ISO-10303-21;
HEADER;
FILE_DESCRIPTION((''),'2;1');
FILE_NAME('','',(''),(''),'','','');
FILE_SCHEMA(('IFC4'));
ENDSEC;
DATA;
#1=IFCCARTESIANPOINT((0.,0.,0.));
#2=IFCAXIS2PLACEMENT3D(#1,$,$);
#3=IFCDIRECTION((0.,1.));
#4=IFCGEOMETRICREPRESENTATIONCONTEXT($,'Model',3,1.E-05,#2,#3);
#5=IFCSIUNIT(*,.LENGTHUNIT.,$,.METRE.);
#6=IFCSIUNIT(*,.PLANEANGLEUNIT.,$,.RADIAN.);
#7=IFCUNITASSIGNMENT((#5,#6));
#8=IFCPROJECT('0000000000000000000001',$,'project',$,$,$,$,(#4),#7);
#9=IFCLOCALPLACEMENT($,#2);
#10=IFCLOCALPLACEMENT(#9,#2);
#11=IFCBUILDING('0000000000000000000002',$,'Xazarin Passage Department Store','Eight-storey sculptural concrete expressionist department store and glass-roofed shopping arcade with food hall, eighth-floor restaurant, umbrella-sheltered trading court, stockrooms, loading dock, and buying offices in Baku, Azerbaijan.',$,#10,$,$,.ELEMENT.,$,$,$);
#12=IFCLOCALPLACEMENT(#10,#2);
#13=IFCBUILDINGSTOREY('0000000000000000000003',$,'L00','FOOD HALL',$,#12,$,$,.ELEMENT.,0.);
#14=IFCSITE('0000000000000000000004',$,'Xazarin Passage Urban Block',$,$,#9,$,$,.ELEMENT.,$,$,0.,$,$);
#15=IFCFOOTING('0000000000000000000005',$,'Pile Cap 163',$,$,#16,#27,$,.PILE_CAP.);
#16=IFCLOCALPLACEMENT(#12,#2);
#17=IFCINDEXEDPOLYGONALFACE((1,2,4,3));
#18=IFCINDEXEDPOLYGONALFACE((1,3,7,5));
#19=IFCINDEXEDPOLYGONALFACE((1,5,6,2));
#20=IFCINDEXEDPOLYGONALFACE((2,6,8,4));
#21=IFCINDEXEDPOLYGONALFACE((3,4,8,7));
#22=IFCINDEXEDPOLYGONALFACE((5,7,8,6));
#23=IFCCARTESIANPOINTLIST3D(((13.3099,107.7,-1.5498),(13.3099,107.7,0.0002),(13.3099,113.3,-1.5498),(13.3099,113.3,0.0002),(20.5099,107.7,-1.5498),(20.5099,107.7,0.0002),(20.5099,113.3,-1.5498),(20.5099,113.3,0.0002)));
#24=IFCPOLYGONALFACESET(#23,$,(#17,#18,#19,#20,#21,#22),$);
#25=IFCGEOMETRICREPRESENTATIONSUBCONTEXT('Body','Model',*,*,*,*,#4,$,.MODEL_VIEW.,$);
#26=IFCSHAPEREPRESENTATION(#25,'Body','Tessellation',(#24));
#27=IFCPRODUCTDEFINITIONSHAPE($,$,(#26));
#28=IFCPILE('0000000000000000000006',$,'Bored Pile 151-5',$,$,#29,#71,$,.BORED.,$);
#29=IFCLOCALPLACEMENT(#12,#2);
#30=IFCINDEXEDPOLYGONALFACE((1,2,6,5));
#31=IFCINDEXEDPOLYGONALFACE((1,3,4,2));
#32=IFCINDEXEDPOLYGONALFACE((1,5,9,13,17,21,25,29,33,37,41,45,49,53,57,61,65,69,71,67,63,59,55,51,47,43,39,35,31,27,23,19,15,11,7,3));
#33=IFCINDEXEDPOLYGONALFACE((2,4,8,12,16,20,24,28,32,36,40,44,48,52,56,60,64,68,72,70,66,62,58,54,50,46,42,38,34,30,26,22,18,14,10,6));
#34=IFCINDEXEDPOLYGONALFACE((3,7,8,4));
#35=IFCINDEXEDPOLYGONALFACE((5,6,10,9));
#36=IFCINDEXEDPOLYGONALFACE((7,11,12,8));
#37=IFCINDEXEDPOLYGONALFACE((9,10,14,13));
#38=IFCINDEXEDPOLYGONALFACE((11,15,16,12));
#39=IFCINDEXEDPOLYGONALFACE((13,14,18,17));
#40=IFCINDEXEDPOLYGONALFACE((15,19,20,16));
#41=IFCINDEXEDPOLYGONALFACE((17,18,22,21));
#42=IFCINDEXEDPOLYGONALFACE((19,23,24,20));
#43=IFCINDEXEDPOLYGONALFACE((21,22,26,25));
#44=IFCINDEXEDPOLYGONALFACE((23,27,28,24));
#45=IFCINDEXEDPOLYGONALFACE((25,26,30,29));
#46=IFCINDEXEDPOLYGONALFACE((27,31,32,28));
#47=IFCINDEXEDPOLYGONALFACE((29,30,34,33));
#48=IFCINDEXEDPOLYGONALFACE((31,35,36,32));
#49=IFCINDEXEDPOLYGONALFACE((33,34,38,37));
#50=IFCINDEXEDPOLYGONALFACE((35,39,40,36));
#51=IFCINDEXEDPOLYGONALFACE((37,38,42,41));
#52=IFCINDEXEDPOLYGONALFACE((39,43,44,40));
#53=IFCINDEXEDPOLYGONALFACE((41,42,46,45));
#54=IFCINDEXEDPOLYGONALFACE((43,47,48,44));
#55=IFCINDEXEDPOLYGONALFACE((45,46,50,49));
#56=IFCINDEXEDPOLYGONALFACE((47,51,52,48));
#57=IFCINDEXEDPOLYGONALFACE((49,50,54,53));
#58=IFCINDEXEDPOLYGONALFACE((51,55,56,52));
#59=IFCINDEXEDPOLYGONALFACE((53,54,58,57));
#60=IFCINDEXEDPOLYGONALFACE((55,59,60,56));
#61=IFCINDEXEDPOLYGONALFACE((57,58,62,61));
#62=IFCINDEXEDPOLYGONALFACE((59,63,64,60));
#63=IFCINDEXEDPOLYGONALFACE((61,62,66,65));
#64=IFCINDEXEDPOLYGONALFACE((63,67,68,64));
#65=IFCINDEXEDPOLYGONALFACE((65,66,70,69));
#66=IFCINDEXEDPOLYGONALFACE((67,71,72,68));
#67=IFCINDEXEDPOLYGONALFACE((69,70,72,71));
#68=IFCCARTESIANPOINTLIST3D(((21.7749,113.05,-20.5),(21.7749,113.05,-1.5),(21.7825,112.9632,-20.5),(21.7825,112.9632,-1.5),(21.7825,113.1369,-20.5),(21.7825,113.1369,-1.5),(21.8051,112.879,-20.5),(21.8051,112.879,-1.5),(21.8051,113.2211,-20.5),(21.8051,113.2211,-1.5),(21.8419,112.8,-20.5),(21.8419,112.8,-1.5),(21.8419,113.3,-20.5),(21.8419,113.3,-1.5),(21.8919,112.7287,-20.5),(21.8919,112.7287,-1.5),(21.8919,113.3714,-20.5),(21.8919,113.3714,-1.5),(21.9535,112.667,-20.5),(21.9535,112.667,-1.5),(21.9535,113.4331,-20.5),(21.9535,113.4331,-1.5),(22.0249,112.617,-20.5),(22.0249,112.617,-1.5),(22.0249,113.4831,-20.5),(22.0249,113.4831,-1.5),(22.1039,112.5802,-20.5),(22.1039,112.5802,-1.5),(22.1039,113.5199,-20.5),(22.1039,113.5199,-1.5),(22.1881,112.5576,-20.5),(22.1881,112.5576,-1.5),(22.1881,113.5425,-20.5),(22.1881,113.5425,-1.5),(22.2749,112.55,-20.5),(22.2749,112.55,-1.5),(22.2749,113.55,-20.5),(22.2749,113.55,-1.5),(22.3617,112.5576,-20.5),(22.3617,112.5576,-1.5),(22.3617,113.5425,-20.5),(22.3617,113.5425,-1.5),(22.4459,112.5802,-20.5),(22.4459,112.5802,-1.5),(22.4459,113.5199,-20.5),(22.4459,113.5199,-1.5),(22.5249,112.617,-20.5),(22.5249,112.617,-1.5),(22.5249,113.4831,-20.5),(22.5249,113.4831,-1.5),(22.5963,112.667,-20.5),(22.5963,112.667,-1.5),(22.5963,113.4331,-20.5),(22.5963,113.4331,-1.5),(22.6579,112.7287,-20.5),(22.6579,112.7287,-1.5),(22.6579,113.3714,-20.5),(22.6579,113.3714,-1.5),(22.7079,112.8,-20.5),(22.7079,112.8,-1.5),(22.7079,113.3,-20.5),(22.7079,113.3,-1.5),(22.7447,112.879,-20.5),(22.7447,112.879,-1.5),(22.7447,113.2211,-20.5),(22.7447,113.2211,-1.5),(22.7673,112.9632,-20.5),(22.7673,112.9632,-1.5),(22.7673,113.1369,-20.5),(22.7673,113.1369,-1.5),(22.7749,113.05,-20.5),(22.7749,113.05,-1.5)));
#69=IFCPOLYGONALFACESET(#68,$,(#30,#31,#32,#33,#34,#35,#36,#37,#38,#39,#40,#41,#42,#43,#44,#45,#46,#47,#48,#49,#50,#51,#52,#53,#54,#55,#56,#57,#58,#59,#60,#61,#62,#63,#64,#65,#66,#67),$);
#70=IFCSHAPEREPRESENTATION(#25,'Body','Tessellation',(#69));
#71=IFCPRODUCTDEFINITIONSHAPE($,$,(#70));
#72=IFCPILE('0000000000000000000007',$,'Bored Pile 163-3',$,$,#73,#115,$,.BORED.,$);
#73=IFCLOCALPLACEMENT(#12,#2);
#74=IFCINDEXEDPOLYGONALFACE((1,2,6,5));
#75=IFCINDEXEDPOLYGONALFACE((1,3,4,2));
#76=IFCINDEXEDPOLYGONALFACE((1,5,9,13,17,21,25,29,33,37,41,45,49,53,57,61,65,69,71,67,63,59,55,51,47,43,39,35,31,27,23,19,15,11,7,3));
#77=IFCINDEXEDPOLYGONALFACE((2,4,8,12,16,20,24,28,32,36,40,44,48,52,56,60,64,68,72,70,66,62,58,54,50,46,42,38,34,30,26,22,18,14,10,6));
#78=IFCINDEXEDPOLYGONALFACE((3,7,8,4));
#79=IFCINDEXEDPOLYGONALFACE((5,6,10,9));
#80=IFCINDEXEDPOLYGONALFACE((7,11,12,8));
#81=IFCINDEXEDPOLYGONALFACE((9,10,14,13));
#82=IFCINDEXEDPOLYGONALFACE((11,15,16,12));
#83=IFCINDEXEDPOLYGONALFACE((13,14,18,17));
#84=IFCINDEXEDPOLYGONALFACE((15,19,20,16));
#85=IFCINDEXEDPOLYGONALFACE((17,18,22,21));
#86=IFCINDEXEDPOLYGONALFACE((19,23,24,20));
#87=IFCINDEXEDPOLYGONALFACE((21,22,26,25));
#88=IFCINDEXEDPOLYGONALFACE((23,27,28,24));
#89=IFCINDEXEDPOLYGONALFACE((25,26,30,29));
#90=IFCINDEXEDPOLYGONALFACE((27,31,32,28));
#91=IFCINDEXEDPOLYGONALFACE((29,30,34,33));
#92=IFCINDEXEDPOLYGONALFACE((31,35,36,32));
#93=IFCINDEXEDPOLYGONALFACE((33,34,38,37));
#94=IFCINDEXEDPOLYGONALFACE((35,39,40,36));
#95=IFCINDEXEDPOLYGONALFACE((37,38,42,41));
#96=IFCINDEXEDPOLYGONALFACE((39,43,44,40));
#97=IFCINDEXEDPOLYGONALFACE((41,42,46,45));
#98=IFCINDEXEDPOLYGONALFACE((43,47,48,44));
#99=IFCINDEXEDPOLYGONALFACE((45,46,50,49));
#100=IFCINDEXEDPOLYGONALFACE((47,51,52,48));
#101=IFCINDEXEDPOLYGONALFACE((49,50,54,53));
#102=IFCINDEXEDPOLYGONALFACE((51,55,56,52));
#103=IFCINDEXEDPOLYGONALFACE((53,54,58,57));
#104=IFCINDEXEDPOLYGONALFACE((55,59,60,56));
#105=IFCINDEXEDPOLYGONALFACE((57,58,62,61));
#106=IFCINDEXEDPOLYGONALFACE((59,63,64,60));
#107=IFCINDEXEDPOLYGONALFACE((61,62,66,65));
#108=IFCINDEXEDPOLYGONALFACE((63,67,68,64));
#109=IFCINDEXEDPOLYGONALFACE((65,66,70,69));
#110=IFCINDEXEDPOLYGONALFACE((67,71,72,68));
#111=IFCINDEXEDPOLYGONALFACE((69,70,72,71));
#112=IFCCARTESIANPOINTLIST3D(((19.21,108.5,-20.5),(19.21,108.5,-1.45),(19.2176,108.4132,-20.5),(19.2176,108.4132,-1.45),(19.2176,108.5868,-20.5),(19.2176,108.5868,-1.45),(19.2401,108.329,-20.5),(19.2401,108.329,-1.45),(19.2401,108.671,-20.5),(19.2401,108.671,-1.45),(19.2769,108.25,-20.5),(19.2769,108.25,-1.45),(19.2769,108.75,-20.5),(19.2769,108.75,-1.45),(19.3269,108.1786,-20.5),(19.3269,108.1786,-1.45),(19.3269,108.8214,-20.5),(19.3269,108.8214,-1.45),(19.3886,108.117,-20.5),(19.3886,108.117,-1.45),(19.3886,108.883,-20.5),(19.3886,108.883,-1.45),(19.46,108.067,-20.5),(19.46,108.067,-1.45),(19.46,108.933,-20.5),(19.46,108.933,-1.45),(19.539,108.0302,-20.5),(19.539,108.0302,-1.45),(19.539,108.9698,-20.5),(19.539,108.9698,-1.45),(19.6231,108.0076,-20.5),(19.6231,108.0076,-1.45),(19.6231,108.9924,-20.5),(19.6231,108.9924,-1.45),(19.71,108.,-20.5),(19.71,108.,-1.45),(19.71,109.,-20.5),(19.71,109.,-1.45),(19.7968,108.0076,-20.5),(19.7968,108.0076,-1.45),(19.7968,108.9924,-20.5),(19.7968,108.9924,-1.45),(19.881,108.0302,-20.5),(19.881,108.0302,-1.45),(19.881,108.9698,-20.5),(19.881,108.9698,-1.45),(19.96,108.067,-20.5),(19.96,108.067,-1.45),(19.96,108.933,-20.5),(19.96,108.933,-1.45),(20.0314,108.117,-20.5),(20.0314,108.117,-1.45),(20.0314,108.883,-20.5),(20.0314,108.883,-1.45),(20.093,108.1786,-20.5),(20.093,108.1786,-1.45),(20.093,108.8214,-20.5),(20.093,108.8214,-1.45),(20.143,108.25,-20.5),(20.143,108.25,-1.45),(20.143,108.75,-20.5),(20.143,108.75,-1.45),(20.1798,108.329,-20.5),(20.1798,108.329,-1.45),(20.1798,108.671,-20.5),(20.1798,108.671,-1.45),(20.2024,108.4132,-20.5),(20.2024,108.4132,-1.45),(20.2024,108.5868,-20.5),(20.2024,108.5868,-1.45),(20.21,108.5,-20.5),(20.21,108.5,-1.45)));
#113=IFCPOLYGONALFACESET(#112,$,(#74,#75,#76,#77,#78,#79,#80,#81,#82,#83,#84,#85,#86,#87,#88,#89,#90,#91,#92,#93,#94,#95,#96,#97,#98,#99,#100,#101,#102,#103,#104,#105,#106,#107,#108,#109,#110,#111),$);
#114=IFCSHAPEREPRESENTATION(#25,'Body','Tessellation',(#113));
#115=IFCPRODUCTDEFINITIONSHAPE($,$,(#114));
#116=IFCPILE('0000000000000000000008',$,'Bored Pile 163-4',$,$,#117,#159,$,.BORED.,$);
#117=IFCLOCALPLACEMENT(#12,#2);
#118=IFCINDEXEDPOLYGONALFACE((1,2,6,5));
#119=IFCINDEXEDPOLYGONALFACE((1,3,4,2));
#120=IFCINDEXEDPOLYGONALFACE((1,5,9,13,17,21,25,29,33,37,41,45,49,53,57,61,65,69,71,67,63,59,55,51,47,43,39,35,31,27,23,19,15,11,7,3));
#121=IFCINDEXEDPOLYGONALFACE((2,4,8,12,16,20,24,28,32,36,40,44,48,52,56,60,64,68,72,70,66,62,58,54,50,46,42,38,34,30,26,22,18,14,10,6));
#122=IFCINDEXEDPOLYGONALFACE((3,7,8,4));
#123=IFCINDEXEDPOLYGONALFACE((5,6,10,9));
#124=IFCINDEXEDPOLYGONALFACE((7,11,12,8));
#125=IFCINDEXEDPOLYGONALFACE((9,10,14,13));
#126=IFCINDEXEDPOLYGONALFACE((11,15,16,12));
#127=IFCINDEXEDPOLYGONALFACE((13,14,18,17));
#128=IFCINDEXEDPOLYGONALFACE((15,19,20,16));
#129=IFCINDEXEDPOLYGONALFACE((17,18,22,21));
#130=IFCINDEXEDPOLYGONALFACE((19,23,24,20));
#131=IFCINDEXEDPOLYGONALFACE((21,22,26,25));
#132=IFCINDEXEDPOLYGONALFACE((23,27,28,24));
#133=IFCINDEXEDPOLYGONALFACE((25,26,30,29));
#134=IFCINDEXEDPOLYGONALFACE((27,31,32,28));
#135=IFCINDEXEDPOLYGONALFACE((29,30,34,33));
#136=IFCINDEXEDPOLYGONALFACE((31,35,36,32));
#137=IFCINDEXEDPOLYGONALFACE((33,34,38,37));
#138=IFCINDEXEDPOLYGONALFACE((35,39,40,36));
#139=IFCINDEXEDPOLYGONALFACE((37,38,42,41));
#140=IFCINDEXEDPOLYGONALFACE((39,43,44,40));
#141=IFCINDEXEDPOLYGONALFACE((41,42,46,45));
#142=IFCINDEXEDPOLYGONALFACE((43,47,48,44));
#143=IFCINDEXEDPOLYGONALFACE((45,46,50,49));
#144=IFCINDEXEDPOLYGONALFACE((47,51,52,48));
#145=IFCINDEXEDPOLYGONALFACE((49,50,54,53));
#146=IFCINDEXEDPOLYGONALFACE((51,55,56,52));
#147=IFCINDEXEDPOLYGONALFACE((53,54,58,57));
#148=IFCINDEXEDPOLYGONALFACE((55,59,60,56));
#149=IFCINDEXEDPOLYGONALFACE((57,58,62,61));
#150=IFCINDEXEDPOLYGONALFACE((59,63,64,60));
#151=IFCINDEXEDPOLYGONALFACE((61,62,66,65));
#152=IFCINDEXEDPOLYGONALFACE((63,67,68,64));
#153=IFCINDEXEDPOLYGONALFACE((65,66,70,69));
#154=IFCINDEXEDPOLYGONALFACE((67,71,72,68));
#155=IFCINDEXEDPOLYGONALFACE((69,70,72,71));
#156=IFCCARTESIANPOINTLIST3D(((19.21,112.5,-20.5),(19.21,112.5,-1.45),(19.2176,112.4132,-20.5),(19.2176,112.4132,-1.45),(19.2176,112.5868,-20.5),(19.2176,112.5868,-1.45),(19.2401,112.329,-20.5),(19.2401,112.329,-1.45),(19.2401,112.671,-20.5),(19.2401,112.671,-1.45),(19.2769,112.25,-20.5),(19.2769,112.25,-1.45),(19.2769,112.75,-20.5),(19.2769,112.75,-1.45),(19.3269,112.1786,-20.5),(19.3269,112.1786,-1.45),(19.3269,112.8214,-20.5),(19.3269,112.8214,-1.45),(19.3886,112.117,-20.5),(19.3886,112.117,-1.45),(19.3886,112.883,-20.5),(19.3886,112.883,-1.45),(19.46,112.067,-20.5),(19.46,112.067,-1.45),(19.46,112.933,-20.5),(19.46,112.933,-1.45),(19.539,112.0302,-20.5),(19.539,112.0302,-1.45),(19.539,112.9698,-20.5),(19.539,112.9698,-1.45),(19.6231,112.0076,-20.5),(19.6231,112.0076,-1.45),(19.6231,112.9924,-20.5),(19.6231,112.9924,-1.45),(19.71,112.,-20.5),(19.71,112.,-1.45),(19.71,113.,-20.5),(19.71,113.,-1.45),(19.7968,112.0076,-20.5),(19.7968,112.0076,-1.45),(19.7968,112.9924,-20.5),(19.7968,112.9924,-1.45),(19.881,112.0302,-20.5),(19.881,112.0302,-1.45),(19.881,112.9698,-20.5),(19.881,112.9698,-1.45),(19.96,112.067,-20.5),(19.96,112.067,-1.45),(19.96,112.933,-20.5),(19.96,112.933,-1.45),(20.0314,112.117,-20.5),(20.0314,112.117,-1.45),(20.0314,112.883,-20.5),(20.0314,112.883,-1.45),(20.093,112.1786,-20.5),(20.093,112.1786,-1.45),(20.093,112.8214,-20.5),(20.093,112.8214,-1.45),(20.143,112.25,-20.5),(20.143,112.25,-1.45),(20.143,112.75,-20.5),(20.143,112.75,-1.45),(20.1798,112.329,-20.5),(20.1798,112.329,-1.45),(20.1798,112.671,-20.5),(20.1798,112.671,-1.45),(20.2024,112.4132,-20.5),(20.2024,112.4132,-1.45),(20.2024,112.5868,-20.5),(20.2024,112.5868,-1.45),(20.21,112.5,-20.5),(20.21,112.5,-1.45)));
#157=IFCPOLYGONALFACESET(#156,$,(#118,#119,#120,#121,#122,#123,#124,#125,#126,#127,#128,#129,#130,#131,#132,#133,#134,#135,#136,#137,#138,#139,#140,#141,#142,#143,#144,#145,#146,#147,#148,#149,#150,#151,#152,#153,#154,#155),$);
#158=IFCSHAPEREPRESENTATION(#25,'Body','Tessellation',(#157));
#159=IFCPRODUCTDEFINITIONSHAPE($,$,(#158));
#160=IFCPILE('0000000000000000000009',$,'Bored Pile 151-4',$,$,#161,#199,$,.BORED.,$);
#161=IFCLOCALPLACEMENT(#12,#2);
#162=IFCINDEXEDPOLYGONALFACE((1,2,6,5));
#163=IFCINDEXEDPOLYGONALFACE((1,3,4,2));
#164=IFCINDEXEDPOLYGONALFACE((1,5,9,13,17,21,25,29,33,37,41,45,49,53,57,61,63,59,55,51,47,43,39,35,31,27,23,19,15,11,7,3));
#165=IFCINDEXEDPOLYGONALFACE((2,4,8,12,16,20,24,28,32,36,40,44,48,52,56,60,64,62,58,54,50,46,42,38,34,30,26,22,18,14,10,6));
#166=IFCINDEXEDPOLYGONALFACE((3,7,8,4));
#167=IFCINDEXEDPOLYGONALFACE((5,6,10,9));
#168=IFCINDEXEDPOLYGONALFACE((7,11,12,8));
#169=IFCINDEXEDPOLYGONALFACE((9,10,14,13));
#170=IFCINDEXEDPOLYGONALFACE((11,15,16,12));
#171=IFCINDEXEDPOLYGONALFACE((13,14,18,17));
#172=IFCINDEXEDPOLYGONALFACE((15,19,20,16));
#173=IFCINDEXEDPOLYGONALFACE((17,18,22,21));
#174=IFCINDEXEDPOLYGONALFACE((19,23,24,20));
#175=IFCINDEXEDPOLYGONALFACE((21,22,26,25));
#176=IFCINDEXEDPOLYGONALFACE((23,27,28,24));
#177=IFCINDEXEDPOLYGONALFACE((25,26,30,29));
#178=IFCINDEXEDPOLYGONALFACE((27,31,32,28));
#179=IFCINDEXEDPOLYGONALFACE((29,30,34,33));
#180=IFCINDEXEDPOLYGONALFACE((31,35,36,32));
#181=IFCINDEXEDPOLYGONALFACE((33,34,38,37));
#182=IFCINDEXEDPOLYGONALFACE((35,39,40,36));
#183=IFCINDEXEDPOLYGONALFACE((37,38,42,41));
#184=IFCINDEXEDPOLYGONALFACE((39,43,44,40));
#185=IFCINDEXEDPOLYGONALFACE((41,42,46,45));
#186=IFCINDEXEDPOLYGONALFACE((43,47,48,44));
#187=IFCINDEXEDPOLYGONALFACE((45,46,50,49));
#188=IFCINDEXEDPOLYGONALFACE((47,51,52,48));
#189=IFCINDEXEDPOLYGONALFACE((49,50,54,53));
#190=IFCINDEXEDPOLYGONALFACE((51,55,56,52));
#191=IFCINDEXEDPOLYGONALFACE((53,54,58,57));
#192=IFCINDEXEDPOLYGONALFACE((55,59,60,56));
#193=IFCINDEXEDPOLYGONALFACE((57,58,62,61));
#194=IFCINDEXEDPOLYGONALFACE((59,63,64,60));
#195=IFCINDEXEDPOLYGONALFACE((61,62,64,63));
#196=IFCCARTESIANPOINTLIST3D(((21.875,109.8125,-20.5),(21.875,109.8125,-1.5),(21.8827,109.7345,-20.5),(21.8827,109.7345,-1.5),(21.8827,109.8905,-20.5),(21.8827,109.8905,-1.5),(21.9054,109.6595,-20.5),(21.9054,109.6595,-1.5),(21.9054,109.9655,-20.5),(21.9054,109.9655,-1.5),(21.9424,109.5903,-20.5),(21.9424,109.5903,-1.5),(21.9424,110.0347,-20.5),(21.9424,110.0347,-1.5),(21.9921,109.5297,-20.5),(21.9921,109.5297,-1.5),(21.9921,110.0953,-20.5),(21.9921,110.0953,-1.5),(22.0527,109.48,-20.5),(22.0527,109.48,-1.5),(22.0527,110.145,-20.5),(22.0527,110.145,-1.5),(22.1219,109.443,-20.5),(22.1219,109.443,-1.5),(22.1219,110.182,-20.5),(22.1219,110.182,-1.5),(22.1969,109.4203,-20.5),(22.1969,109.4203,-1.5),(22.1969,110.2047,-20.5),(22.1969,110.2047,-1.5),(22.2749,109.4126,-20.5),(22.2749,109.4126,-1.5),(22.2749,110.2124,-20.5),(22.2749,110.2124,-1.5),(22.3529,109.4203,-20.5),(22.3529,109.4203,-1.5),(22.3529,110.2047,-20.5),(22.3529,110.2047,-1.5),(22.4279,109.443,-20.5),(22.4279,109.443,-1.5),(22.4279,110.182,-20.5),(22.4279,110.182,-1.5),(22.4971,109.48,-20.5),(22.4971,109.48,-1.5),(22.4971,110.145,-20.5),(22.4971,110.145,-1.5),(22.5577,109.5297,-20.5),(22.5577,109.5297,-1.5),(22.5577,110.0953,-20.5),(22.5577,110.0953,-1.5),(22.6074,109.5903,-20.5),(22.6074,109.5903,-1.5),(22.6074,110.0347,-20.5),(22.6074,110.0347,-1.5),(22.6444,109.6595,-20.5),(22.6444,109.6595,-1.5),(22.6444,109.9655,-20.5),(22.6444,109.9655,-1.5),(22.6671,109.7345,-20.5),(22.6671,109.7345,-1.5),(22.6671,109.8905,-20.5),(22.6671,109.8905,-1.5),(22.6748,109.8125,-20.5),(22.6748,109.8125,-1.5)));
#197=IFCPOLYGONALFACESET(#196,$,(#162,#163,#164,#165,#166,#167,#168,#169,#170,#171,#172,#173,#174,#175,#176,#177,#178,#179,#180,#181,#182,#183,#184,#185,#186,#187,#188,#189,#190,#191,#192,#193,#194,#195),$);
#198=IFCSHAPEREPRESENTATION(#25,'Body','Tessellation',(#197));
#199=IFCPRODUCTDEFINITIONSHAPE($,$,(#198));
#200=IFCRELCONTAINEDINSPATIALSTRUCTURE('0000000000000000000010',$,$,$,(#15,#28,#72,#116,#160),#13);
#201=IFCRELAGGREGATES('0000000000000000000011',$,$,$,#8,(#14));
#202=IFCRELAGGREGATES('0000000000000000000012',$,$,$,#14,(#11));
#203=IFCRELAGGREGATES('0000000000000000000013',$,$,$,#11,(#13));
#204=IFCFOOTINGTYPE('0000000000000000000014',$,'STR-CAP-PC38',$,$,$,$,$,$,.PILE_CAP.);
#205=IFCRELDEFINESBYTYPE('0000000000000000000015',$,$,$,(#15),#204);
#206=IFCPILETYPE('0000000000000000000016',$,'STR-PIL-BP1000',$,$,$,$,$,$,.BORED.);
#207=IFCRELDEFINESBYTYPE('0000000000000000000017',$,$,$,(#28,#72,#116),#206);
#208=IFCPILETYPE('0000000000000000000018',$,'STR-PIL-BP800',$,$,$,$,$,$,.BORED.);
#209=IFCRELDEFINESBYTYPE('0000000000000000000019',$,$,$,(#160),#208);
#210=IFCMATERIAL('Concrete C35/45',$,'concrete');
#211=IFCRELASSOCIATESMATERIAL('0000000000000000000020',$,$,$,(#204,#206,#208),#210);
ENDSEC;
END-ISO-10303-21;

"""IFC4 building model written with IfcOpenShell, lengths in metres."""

from ifc_helpers import new_model, si_unit, direction, frame, origin, origin_2d, place, context, subcontext, project, spatial, rectangle, circle, extrude, material, material_profile, profile_set, type_object, element, save


model = new_model("IFC4")

# Units and contexts
model_context = context("Model", 3, precision=1e-05, world=origin(), true_north=direction((0.0, 1.0)))
body_context = subcontext(model_context, "Body", "Model", "MODEL_VIEW")
ifc_project = project(units=[si_unit("LENGTHUNIT", "METRE"), si_unit("PLANEANGLEUNIT", "RADIAN")], contexts=[model_context])

# Site, building, storey
site_placement = place(None, origin())
site = spatial("IfcSite", under=ifc_project, at=site_placement, Name="Xazarin Passage Urban Block", CompositionType="ELEMENT", RefElevation=0.0)
building_placement = place(site_placement, origin())
building = spatial("IfcBuilding", under=site, at=building_placement, Name="Xazarin Passage Department Store", Description="Eight-storey sculptural concrete expressionist department store and glass-roofed shopping arcade with food hall, eighth-floor restaurant, umbrella-sheltered trading court, stockrooms, loading dock, and buying offices in Baku, Azerbaijan.", CompositionType="ELEMENT")
storey_placement = place(building_placement, origin())
storey = spatial("IfcBuildingStorey", under=building, at=storey_placement, Name="L00", Description="FOOD HALL", CompositionType="ELEMENT", Elevation=0.0)

# Footing
ifc_material_1 = material(Name="Concrete C35/45", Category="concrete")
footing_type = type_object("IfcFootingType", Name="STR-CAP-PC38", PredefinedType="PILE_CAP", material=ifc_material_1)
footing_placement = place(storey_placement, frame((16.9099, 110.5, -1.5498), z_axis=(0.0, 0.0, 1.0), x_axis=(1.0, 0.0, 0.0)))
element("IfcFooting", 1, at=footing_placement, inside=storey, type_object=footing_type, Name="Pile Cap 163", PredefinedType="PILE_CAP", context=body_context, shape_type="SweptSolid", body=[
    extrude(rectangle(XDim=7.2, YDim=5.6001, at=origin_2d()), origin(), (0.0, 0.0, 1.0), 1.55),
])

# Piles
ifc_material_profile_1 = material_profile(ifc_material_1, circle(Radius=0.5, at=origin_2d()), Name="BP 1000")
ifc_profile_set_1 = profile_set([ifc_material_profile_1], Name="Concrete C35/45")
pile_type_1 = type_object("IfcPileType", Name="STR-PIL-BP1000", PredefinedType="BORED", material=ifc_profile_set_1)
pile_1_placement = place(storey_placement, frame((22.2749, 113.05, -1.5), z_axis=(0.0, 0.0, -1.0), x_axis=(1.0, 0.0, 0.0)))
element("IfcPile", 2, at=pile_1_placement, inside=storey, type_object=pile_type_1, Name="Bored Pile 151-5", PredefinedType="BORED", context=body_context, shape_type="SweptSolid", body=[
    extrude(circle(Radius=0.5, at=origin_2d()), origin(), (0.0, 0.0, 1.0), 19.0),
])
for number, where, z_axis, x_axis, name in (
    (3, (19.71, 108.5, -1.45), (0.0, 0.0, -1.0), (1.0, 0.0, 0.0), "Bored Pile 163-3"),
    (4, (19.71, 112.5, -1.45), (0.0, 0.0, -1.0), (1.0, 0.0, 0.0), "Bored Pile 163-4"),
):
    element("IfcPile", number, at=place(storey_placement, frame(where, z_axis=z_axis, x_axis=x_axis)), inside=storey, type_object=pile_type_1, Name=name, PredefinedType="BORED", context=body_context, shape_type="SweptSolid", body=[
        extrude(circle(Radius=0.5, at=origin_2d()), origin(), (0.0, 0.0, 1.0), 19.05),
    ])
ifc_material_profile_2 = material_profile(ifc_material_1, circle(Radius=0.3999, at=origin_2d()), Name="BP 800")
ifc_profile_set_2 = profile_set([ifc_material_profile_2], Name="Concrete C35/45")
pile_type_2 = type_object("IfcPileType", Name="STR-PIL-BP800", PredefinedType="BORED", material=ifc_profile_set_2)
pile_2_placement = place(storey_placement, frame((22.2749, 109.8125, -1.5), z_axis=(0.0, 0.0, -1.0), x_axis=(1.0, 0.0, 0.0)))
element("IfcPile", 5, at=pile_2_placement, inside=storey, type_object=pile_type_2, Name="Bored Pile 151-4", PredefinedType="BORED", context=body_context, shape_type="SweptSolid", body=[
    extrude(circle(Radius=0.3999, at=origin_2d()), origin(), (0.0, 0.0, 1.0), 19.0),
])

save(model, "model.ifc")
